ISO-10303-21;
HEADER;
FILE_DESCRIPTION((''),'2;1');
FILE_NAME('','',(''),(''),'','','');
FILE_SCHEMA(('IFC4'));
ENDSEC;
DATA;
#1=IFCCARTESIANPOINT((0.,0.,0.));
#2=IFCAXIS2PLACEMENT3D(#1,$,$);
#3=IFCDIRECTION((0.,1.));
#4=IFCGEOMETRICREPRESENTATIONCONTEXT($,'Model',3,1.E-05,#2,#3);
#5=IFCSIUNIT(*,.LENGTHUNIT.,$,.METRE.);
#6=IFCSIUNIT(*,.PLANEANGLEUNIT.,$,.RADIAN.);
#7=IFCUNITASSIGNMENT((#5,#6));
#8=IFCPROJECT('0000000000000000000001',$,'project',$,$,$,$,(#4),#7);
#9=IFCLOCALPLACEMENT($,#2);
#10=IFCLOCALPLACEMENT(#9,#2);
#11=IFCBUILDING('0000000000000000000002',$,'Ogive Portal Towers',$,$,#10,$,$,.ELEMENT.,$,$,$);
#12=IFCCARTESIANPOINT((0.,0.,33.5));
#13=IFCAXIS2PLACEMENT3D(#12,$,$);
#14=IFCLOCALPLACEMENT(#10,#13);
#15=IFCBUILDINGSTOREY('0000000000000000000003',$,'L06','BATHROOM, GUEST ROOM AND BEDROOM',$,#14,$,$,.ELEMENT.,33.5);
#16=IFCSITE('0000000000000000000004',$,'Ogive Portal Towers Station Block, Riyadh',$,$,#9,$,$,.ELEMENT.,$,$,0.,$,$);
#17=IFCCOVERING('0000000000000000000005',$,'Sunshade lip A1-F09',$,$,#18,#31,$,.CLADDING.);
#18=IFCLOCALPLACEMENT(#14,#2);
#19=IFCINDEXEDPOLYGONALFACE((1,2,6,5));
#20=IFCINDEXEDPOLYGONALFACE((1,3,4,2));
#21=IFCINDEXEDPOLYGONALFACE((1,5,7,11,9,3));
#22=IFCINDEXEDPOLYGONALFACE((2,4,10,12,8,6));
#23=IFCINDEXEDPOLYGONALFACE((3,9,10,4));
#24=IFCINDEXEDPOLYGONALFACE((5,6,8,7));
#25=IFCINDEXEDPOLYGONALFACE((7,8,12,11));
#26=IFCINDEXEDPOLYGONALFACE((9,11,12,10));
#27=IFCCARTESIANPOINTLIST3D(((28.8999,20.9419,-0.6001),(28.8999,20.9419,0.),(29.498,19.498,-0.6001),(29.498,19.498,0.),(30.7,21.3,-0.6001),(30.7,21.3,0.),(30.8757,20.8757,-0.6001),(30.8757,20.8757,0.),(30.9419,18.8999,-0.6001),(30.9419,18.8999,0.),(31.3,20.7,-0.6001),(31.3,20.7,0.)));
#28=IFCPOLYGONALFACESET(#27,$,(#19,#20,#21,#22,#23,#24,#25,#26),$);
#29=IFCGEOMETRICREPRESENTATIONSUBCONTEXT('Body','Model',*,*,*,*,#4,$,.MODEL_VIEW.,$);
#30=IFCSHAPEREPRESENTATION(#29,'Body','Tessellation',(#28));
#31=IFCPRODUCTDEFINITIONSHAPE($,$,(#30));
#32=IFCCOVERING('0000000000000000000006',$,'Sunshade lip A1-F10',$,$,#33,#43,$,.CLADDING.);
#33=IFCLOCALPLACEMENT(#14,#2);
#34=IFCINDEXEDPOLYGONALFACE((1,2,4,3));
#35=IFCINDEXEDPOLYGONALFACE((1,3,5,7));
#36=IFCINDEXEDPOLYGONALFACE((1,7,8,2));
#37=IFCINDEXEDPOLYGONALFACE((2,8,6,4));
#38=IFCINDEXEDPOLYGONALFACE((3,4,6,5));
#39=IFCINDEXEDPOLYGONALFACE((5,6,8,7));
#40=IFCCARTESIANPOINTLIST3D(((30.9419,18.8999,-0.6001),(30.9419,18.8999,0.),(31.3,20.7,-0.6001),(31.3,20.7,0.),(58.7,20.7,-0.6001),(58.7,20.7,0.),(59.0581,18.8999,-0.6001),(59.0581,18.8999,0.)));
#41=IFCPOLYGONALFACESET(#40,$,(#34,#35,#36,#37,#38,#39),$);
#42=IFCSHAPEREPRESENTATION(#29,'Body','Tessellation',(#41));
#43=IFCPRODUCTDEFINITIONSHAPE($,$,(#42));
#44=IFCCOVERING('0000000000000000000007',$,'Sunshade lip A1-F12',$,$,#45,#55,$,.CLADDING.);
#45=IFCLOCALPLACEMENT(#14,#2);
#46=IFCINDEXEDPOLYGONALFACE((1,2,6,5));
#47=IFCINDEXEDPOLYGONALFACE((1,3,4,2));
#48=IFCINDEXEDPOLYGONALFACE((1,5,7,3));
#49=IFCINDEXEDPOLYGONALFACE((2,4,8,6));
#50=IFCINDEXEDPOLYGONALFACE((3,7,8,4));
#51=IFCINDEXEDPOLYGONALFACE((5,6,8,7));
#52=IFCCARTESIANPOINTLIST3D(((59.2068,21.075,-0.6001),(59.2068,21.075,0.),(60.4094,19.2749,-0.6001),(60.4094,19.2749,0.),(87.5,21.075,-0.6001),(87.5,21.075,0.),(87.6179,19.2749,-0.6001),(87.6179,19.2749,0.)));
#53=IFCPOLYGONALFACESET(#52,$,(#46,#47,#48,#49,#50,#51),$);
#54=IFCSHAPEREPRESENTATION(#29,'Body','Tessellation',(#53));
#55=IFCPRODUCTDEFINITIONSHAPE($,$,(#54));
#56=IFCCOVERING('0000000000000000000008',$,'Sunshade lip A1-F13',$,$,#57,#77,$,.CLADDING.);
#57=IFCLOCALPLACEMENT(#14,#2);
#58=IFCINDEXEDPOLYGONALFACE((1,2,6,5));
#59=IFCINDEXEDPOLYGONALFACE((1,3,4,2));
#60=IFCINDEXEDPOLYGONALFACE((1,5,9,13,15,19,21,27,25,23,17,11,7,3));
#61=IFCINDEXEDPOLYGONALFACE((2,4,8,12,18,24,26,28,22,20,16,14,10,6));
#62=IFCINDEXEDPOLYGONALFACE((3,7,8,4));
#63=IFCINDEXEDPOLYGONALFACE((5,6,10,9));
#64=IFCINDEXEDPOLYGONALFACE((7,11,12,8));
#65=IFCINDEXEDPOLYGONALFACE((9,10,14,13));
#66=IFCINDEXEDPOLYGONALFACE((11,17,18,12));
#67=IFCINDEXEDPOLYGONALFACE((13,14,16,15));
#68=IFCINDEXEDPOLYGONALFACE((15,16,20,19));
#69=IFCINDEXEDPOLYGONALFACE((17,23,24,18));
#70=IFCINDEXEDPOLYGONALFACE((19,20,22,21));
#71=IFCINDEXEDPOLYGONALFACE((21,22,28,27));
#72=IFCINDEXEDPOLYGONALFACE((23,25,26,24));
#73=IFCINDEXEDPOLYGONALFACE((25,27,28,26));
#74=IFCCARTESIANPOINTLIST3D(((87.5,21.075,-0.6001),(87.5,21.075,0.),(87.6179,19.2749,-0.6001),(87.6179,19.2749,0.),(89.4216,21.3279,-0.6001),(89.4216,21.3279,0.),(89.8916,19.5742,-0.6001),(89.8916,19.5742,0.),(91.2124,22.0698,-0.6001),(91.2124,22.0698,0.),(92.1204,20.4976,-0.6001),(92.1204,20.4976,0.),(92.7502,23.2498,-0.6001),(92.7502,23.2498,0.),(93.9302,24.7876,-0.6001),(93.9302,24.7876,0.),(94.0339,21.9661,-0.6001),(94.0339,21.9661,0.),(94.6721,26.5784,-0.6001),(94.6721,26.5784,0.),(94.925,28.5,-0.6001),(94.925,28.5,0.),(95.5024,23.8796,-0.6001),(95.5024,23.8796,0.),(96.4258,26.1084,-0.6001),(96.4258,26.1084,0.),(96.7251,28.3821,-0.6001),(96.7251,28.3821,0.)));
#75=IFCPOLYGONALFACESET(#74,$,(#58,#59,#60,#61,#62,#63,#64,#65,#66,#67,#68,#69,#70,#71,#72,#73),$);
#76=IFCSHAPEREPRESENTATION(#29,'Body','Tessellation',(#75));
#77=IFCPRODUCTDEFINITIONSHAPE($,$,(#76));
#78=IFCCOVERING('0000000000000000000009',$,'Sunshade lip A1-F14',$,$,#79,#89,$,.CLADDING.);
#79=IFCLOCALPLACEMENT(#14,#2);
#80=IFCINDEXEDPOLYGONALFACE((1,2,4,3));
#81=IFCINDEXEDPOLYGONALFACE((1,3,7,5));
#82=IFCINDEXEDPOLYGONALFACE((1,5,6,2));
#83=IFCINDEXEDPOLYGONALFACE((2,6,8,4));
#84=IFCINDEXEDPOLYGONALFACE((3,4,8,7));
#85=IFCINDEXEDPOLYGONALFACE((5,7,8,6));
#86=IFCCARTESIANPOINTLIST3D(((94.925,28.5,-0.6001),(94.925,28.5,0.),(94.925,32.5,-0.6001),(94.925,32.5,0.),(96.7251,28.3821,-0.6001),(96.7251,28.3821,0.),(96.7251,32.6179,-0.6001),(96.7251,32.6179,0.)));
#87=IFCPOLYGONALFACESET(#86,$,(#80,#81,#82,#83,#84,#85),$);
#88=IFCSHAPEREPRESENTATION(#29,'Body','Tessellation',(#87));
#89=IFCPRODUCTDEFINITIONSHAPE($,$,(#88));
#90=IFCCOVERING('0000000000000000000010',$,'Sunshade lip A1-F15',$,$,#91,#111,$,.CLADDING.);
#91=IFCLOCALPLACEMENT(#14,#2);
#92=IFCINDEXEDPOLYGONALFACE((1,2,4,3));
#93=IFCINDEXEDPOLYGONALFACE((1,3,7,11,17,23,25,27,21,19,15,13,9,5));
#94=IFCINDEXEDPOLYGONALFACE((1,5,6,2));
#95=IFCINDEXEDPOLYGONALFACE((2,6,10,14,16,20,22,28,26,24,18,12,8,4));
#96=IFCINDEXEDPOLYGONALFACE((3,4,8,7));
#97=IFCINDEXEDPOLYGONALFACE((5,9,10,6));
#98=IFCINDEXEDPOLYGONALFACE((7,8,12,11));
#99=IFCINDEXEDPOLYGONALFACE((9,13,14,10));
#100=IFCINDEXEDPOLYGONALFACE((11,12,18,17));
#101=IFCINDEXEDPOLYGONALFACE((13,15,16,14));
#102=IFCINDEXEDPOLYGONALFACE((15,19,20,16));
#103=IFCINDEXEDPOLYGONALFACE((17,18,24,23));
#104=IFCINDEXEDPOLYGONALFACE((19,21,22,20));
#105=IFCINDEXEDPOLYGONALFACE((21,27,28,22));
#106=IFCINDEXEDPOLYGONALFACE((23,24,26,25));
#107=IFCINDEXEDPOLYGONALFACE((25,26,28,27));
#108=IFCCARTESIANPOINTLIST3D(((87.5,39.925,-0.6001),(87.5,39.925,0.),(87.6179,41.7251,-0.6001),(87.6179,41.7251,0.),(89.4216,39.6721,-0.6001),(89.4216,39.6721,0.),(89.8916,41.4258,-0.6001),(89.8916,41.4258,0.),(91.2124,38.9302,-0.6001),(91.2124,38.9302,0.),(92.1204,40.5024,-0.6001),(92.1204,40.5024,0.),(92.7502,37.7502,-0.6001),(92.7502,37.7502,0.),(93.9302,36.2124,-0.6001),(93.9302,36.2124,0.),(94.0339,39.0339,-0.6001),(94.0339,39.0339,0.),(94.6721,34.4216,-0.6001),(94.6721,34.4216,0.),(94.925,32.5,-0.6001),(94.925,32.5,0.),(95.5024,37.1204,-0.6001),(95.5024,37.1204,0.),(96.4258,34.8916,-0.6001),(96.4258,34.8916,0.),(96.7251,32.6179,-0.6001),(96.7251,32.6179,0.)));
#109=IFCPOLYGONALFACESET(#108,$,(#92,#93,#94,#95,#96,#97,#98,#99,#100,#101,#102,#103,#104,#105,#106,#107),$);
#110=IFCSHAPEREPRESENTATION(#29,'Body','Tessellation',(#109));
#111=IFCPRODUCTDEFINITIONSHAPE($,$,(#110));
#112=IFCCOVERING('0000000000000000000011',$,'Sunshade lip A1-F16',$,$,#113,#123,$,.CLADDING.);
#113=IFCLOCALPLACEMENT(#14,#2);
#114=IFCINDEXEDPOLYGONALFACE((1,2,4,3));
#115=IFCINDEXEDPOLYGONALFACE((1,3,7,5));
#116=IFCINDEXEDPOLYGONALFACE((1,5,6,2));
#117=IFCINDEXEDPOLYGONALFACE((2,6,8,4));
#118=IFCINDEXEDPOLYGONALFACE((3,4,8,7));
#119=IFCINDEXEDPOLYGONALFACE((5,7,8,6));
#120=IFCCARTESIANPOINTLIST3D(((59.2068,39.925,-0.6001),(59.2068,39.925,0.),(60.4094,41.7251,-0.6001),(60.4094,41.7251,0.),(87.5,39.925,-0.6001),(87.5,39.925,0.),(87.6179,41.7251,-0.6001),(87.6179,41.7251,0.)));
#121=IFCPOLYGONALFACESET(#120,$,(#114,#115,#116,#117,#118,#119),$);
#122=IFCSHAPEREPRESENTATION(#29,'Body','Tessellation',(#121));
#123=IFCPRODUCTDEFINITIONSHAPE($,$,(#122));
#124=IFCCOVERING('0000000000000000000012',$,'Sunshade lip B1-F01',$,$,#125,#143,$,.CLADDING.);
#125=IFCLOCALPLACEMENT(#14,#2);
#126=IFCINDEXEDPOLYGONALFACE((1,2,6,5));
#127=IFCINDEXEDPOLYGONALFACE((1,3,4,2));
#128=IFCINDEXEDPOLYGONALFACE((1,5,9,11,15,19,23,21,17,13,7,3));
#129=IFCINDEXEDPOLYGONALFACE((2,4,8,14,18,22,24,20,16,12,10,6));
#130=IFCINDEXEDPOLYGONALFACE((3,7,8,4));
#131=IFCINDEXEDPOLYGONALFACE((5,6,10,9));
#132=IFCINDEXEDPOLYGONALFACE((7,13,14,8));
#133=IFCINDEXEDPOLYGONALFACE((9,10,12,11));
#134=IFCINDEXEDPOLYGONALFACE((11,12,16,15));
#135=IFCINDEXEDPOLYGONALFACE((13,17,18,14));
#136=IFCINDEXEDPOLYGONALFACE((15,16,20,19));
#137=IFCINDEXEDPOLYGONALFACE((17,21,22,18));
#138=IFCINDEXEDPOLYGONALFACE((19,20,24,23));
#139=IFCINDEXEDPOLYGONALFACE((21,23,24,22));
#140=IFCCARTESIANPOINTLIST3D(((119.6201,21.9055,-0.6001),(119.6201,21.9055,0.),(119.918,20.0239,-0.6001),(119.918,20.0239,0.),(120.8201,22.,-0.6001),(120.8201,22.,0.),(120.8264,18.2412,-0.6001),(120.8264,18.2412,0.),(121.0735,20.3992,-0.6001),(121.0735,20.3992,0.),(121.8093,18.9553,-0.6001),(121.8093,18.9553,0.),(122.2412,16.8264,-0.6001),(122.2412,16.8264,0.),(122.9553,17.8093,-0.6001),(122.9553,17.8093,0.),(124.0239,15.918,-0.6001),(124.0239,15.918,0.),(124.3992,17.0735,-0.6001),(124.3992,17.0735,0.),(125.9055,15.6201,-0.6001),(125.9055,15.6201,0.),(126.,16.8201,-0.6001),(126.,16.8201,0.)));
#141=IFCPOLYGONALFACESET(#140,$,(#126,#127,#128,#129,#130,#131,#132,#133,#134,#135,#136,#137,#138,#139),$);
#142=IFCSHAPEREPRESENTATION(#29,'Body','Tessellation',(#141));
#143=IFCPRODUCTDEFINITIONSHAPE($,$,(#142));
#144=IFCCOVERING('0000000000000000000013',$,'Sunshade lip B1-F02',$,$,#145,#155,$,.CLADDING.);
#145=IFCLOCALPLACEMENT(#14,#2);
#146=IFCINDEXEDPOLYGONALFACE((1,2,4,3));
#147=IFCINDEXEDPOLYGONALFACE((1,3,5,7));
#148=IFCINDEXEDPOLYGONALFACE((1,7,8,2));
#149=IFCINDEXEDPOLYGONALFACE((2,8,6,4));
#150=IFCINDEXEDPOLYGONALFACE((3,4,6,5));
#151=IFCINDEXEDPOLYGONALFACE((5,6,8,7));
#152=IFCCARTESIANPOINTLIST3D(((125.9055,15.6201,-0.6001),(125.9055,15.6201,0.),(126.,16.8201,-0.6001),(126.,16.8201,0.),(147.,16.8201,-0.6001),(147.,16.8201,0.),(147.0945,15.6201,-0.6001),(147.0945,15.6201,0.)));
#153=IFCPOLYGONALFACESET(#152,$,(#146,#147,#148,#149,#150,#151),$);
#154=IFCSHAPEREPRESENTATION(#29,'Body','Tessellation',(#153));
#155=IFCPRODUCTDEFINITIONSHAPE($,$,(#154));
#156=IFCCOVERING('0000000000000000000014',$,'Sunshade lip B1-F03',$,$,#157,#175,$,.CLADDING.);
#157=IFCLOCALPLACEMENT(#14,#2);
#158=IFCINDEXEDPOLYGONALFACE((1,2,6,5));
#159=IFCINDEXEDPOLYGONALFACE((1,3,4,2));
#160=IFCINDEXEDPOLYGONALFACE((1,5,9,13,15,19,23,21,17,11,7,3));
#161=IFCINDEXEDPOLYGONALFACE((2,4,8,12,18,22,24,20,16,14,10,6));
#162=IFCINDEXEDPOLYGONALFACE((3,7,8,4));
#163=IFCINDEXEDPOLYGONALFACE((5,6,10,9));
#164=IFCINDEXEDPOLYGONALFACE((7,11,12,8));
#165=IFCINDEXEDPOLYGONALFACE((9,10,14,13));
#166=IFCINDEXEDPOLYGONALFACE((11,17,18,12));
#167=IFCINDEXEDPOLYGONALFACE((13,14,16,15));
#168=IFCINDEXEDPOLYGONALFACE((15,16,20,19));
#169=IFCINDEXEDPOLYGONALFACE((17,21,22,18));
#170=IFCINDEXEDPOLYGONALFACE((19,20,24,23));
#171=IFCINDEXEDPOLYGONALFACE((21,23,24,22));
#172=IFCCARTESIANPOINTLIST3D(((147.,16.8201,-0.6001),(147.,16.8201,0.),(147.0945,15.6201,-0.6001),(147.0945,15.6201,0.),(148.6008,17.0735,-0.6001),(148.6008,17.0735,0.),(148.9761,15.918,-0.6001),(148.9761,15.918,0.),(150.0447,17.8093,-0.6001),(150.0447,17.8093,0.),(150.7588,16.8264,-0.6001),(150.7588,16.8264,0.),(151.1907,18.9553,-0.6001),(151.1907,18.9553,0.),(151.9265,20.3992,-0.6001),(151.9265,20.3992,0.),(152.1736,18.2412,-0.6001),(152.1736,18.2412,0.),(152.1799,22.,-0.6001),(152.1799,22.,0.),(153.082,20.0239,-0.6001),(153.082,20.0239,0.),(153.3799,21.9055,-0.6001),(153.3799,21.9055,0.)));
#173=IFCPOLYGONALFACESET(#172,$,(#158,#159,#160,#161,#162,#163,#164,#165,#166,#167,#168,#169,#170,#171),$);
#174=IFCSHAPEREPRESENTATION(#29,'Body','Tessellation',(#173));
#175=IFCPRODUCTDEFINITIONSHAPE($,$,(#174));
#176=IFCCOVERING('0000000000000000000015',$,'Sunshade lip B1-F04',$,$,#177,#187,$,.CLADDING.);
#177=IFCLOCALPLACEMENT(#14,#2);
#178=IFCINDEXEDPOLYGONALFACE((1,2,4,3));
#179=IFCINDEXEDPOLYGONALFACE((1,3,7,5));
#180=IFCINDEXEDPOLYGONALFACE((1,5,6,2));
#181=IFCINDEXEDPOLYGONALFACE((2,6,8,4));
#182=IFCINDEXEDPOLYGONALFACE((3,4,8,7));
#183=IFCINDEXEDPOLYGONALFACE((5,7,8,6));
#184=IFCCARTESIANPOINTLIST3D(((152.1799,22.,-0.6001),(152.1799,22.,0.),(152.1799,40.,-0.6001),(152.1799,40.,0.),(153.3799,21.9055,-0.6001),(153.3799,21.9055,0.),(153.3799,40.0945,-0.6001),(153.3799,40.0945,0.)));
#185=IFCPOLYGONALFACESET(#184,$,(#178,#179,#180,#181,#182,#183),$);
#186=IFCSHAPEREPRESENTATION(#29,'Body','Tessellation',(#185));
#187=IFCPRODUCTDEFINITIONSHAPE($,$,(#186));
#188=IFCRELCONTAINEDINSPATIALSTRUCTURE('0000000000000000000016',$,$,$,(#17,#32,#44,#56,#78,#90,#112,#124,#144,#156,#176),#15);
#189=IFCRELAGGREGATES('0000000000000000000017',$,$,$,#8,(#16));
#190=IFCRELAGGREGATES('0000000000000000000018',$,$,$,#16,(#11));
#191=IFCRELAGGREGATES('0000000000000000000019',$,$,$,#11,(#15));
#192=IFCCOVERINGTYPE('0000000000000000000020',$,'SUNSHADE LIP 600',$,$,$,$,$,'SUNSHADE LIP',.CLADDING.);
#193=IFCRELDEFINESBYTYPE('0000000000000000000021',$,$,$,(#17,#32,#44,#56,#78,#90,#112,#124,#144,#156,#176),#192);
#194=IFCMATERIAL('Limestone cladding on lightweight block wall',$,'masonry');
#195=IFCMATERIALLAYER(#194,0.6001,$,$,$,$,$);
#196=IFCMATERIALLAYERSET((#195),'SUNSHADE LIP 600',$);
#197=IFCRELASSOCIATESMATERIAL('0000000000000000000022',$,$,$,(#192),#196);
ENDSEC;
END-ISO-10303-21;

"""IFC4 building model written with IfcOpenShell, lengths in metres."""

from ifc_helpers import new_model, si_unit, direction, frame, origin, place, context, subcontext, project, spatial, polyline, outline, extrude, material, layer, layer_set, type_object, element, save


model = new_model("IFC4")

# Units and contexts
model_context = context("Model", 3, precision=1e-05, world=origin(), true_north=direction((0.0, 1.0)))
body_context = subcontext(model_context, "Body", "Model", "MODEL_VIEW")
ifc_project = project(units=[si_unit("LENGTHUNIT", "METRE"), si_unit("PLANEANGLEUNIT", "RADIAN")], contexts=[model_context])

# Site, building, storey
site_placement = place(None, origin())
site = spatial("IfcSite", under=ifc_project, at=site_placement, Name="Ogive Portal Towers Station Block, Riyadh", CompositionType="ELEMENT", RefElevation=0.0)
building_placement = place(site_placement, origin())
building = spatial("IfcBuilding", under=site, at=building_placement, Name="Ogive Portal Towers", CompositionType="ELEMENT")
storey_placement = place(building_placement, frame((0.0, 0.0, 33.5)))
storey = spatial("IfcBuildingStorey", under=building, at=storey_placement, Name="L06", Description="BATHROOM, GUEST ROOM AND BEDROOM", CompositionType="ELEMENT", Elevation=33.5)

# Coverings
ifc_material_1 = material(Name="Limestone cladding on lightweight block wall", Category="masonry")
ifc_layer_1 = layer(ifc_material_1, 0.6001)
ifc_layer_set_1 = layer_set([ifc_layer_1], Name="SUNSHADE LIP 600")
covering_type_1 = type_object("IfcCoveringType", Name="SUNSHADE LIP 600", ElementType="SUNSHADE LIP", PredefinedType="CLADDING", material=ifc_layer_set_1)
covering_1_placement = place(storey_placement, frame((0.0, 0.0, -0.6001)))
element("IfcCovering", 1, at=covering_1_placement, inside=storey, type_object=covering_type_1, Name="Sunshade lip A1-F09", PredefinedType="CLADDING", context=body_context, shape_type="SweptSolid", body=[
    extrude(outline(polyline([(30.7, 21.3), (30.8757, 20.8757), (31.3, 20.7), (30.9419, 18.8999), (29.498, 19.498), (28.8999, 20.9419), (30.7, 21.3)])), origin(), (0.0, 0.0, 1.0), 0.6001),
])
covering_2_placement = place(storey_placement, frame((0.0, 0.0, -0.6001)))
element("IfcCovering", 2, at=covering_2_placement, inside=storey, type_object=covering_type_1, Name="Sunshade lip A1-F10", PredefinedType="CLADDING", context=body_context, shape_type="SweptSolid", body=[
    extrude(outline(polyline([(31.3, 20.7), (58.7, 20.7), (59.0581, 18.8999), (30.9419, 18.8999), (31.3, 20.7)])), origin(), (0.0, 0.0, 1.0), 0.6001),
])
covering_3_placement = place(storey_placement, frame((0.0, 0.0, -0.6001)))
element("IfcCovering", 3, at=covering_3_placement, inside=storey, type_object=covering_type_1, Name="Sunshade lip A1-F12", PredefinedType="CLADDING", context=body_context, shape_type="SweptSolid", body=[
    extrude(outline(polyline([(59.2068, 21.075), (87.5, 21.075), (87.6179, 19.2749), (60.4094, 19.2749), (59.2068, 21.075)])), origin(), (0.0, 0.0, 1.0), 0.6001),
])
covering_4_placement = place(storey_placement, frame((0.0, 0.0, -0.6001)))
element("IfcCovering", 4, at=covering_4_placement, inside=storey, type_object=covering_type_1, Name="Sunshade lip A1-F13", PredefinedType="CLADDING", context=body_context, shape_type="SweptSolid", body=[
    extrude(outline(polyline([(87.5, 21.075), (89.4216, 21.3279), (91.2124, 22.0698), (92.7502, 23.2498), (93.9302, 24.7876), (94.6721, 26.5784), (94.925, 28.5), (96.7251, 28.3821), (96.4258, 26.1084), (95.5024, 23.8796), (94.0339, 21.9661), (92.1204, 20.4976), (89.8916, 19.5742), (87.6179, 19.2749), (87.5, 21.075)])), origin(), (0.0, 0.0, 1.0), 0.6001),
])
covering_5_placement = place(storey_placement, frame((0.0, 0.0, -0.6001)))
element("IfcCovering", 5, at=covering_5_placement, inside=storey, type_object=covering_type_1, Name="Sunshade lip A1-F14", PredefinedType="CLADDING", context=body_context, shape_type="SweptSolid", body=[
    extrude(outline(polyline([(94.925, 28.5), (94.925, 32.5), (96.7251, 32.6179), (96.7251, 28.3821), (94.925, 28.5)])), origin(), (0.0, 0.0, 1.0), 0.6001),
])
covering_6_placement = place(storey_placement, frame((0.0, 0.0, -0.6001)))
element("IfcCovering", 6, at=covering_6_placement, inside=storey, type_object=covering_type_1, Name="Sunshade lip A1-F15", PredefinedType="CLADDING", context=body_context, shape_type="SweptSolid", body=[
    extrude(outline(polyline([(94.925, 32.5), (94.6721, 34.4216), (93.9302, 36.2124), (92.7502, 37.7502), (91.2124, 38.9302), (89.4216, 39.6721), (87.5, 39.925), (87.6179, 41.7251), (89.8916, 41.4258), (92.1204, 40.5024), (94.0339, 39.0339), (95.5024, 37.1204), (96.4258, 34.8916), (96.7251, 32.6179), (94.925, 32.5)])), origin(), (0.0, 0.0, 1.0), 0.6001),
])
covering_7_placement = place(storey_placement, frame((0.0, 0.0, -0.6001)))
element("IfcCovering", 7, at=covering_7_placement, inside=storey, type_object=covering_type_1, Name="Sunshade lip A1-F16", PredefinedType="CLADDING", context=body_context, shape_type="SweptSolid", body=[
    extrude(outline(polyline([(87.5, 39.925), (59.2068, 39.925), (60.4094, 41.7251), (87.6179, 41.7251), (87.5, 39.925)])), origin(), (0.0, 0.0, 1.0), 0.6001),
])
covering_8_placement = place(storey_placement, frame((0.0, 0.0, -0.6001)))
element("IfcCovering", 8, at=covering_8_placement, inside=storey, type_object=covering_type_1, Name="Sunshade lip B1-F01", PredefinedType="CLADDING", context=body_context, shape_type="SweptSolid", body=[
    extrude(outline(polyline([(120.8201, 22.0), (121.0735, 20.3992), (121.8093, 18.9553), (122.9553, 17.8093), (124.3992, 17.0735), (126.0, 16.8201), (125.9055, 15.6201), (124.0239, 15.918), (122.2412, 16.8264), (120.8264, 18.2412), (119.918, 20.0239), (119.6201, 21.9055), (120.8201, 22.0)])), origin(), (0.0, 0.0, 1.0), 0.6001),
])
covering_9_placement = place(storey_placement, frame((0.0, 0.0, -0.6001)))
element("IfcCovering", 9, at=covering_9_placement, inside=storey, type_object=covering_type_1, Name="Sunshade lip B1-F02", PredefinedType="CLADDING", context=body_context, shape_type="SweptSolid", body=[
    extrude(outline(polyline([(126.0, 16.8201), (147.0, 16.8201), (147.0945, 15.6201), (125.9055, 15.6201), (126.0, 16.8201)])), origin(), (0.0, 0.0, 1.0), 0.6001),
])
covering_10_placement = place(storey_placement, frame((0.0, 0.0, -0.6001)))
element("IfcCovering", 10, at=covering_10_placement, inside=storey, type_object=covering_type_1, Name="Sunshade lip B1-F03", PredefinedType="CLADDING", context=body_context, shape_type="SweptSolid", body=[
    extrude(outline(polyline([(147.0, 16.8201), (148.6008, 17.0735), (150.0447, 17.8093), (151.1907, 18.9553), (151.9265, 20.3992), (152.1799, 22.0), (153.3799, 21.9055), (153.082, 20.0239), (152.1736, 18.2412), (150.7588, 16.8264), (148.9761, 15.918), (147.0945, 15.6201), (147.0, 16.8201)])), origin(), (0.0, 0.0, 1.0), 0.6001),
])
covering_11_placement = place(storey_placement, frame((0.0, 0.0, -0.6001)))
element("IfcCovering", 11, at=covering_11_placement, inside=storey, type_object=covering_type_1, Name="Sunshade lip B1-F04", PredefinedType="CLADDING", context=body_context, shape_type="SweptSolid", body=[
    extrude(outline(polyline([(152.1799, 22.0), (152.1799, 40.0), (153.3799, 40.0945), (153.3799, 21.9055), (152.1799, 22.0)])), origin(), (0.0, 0.0, 1.0), 0.6001),
])

save(model, "model.ifc")
